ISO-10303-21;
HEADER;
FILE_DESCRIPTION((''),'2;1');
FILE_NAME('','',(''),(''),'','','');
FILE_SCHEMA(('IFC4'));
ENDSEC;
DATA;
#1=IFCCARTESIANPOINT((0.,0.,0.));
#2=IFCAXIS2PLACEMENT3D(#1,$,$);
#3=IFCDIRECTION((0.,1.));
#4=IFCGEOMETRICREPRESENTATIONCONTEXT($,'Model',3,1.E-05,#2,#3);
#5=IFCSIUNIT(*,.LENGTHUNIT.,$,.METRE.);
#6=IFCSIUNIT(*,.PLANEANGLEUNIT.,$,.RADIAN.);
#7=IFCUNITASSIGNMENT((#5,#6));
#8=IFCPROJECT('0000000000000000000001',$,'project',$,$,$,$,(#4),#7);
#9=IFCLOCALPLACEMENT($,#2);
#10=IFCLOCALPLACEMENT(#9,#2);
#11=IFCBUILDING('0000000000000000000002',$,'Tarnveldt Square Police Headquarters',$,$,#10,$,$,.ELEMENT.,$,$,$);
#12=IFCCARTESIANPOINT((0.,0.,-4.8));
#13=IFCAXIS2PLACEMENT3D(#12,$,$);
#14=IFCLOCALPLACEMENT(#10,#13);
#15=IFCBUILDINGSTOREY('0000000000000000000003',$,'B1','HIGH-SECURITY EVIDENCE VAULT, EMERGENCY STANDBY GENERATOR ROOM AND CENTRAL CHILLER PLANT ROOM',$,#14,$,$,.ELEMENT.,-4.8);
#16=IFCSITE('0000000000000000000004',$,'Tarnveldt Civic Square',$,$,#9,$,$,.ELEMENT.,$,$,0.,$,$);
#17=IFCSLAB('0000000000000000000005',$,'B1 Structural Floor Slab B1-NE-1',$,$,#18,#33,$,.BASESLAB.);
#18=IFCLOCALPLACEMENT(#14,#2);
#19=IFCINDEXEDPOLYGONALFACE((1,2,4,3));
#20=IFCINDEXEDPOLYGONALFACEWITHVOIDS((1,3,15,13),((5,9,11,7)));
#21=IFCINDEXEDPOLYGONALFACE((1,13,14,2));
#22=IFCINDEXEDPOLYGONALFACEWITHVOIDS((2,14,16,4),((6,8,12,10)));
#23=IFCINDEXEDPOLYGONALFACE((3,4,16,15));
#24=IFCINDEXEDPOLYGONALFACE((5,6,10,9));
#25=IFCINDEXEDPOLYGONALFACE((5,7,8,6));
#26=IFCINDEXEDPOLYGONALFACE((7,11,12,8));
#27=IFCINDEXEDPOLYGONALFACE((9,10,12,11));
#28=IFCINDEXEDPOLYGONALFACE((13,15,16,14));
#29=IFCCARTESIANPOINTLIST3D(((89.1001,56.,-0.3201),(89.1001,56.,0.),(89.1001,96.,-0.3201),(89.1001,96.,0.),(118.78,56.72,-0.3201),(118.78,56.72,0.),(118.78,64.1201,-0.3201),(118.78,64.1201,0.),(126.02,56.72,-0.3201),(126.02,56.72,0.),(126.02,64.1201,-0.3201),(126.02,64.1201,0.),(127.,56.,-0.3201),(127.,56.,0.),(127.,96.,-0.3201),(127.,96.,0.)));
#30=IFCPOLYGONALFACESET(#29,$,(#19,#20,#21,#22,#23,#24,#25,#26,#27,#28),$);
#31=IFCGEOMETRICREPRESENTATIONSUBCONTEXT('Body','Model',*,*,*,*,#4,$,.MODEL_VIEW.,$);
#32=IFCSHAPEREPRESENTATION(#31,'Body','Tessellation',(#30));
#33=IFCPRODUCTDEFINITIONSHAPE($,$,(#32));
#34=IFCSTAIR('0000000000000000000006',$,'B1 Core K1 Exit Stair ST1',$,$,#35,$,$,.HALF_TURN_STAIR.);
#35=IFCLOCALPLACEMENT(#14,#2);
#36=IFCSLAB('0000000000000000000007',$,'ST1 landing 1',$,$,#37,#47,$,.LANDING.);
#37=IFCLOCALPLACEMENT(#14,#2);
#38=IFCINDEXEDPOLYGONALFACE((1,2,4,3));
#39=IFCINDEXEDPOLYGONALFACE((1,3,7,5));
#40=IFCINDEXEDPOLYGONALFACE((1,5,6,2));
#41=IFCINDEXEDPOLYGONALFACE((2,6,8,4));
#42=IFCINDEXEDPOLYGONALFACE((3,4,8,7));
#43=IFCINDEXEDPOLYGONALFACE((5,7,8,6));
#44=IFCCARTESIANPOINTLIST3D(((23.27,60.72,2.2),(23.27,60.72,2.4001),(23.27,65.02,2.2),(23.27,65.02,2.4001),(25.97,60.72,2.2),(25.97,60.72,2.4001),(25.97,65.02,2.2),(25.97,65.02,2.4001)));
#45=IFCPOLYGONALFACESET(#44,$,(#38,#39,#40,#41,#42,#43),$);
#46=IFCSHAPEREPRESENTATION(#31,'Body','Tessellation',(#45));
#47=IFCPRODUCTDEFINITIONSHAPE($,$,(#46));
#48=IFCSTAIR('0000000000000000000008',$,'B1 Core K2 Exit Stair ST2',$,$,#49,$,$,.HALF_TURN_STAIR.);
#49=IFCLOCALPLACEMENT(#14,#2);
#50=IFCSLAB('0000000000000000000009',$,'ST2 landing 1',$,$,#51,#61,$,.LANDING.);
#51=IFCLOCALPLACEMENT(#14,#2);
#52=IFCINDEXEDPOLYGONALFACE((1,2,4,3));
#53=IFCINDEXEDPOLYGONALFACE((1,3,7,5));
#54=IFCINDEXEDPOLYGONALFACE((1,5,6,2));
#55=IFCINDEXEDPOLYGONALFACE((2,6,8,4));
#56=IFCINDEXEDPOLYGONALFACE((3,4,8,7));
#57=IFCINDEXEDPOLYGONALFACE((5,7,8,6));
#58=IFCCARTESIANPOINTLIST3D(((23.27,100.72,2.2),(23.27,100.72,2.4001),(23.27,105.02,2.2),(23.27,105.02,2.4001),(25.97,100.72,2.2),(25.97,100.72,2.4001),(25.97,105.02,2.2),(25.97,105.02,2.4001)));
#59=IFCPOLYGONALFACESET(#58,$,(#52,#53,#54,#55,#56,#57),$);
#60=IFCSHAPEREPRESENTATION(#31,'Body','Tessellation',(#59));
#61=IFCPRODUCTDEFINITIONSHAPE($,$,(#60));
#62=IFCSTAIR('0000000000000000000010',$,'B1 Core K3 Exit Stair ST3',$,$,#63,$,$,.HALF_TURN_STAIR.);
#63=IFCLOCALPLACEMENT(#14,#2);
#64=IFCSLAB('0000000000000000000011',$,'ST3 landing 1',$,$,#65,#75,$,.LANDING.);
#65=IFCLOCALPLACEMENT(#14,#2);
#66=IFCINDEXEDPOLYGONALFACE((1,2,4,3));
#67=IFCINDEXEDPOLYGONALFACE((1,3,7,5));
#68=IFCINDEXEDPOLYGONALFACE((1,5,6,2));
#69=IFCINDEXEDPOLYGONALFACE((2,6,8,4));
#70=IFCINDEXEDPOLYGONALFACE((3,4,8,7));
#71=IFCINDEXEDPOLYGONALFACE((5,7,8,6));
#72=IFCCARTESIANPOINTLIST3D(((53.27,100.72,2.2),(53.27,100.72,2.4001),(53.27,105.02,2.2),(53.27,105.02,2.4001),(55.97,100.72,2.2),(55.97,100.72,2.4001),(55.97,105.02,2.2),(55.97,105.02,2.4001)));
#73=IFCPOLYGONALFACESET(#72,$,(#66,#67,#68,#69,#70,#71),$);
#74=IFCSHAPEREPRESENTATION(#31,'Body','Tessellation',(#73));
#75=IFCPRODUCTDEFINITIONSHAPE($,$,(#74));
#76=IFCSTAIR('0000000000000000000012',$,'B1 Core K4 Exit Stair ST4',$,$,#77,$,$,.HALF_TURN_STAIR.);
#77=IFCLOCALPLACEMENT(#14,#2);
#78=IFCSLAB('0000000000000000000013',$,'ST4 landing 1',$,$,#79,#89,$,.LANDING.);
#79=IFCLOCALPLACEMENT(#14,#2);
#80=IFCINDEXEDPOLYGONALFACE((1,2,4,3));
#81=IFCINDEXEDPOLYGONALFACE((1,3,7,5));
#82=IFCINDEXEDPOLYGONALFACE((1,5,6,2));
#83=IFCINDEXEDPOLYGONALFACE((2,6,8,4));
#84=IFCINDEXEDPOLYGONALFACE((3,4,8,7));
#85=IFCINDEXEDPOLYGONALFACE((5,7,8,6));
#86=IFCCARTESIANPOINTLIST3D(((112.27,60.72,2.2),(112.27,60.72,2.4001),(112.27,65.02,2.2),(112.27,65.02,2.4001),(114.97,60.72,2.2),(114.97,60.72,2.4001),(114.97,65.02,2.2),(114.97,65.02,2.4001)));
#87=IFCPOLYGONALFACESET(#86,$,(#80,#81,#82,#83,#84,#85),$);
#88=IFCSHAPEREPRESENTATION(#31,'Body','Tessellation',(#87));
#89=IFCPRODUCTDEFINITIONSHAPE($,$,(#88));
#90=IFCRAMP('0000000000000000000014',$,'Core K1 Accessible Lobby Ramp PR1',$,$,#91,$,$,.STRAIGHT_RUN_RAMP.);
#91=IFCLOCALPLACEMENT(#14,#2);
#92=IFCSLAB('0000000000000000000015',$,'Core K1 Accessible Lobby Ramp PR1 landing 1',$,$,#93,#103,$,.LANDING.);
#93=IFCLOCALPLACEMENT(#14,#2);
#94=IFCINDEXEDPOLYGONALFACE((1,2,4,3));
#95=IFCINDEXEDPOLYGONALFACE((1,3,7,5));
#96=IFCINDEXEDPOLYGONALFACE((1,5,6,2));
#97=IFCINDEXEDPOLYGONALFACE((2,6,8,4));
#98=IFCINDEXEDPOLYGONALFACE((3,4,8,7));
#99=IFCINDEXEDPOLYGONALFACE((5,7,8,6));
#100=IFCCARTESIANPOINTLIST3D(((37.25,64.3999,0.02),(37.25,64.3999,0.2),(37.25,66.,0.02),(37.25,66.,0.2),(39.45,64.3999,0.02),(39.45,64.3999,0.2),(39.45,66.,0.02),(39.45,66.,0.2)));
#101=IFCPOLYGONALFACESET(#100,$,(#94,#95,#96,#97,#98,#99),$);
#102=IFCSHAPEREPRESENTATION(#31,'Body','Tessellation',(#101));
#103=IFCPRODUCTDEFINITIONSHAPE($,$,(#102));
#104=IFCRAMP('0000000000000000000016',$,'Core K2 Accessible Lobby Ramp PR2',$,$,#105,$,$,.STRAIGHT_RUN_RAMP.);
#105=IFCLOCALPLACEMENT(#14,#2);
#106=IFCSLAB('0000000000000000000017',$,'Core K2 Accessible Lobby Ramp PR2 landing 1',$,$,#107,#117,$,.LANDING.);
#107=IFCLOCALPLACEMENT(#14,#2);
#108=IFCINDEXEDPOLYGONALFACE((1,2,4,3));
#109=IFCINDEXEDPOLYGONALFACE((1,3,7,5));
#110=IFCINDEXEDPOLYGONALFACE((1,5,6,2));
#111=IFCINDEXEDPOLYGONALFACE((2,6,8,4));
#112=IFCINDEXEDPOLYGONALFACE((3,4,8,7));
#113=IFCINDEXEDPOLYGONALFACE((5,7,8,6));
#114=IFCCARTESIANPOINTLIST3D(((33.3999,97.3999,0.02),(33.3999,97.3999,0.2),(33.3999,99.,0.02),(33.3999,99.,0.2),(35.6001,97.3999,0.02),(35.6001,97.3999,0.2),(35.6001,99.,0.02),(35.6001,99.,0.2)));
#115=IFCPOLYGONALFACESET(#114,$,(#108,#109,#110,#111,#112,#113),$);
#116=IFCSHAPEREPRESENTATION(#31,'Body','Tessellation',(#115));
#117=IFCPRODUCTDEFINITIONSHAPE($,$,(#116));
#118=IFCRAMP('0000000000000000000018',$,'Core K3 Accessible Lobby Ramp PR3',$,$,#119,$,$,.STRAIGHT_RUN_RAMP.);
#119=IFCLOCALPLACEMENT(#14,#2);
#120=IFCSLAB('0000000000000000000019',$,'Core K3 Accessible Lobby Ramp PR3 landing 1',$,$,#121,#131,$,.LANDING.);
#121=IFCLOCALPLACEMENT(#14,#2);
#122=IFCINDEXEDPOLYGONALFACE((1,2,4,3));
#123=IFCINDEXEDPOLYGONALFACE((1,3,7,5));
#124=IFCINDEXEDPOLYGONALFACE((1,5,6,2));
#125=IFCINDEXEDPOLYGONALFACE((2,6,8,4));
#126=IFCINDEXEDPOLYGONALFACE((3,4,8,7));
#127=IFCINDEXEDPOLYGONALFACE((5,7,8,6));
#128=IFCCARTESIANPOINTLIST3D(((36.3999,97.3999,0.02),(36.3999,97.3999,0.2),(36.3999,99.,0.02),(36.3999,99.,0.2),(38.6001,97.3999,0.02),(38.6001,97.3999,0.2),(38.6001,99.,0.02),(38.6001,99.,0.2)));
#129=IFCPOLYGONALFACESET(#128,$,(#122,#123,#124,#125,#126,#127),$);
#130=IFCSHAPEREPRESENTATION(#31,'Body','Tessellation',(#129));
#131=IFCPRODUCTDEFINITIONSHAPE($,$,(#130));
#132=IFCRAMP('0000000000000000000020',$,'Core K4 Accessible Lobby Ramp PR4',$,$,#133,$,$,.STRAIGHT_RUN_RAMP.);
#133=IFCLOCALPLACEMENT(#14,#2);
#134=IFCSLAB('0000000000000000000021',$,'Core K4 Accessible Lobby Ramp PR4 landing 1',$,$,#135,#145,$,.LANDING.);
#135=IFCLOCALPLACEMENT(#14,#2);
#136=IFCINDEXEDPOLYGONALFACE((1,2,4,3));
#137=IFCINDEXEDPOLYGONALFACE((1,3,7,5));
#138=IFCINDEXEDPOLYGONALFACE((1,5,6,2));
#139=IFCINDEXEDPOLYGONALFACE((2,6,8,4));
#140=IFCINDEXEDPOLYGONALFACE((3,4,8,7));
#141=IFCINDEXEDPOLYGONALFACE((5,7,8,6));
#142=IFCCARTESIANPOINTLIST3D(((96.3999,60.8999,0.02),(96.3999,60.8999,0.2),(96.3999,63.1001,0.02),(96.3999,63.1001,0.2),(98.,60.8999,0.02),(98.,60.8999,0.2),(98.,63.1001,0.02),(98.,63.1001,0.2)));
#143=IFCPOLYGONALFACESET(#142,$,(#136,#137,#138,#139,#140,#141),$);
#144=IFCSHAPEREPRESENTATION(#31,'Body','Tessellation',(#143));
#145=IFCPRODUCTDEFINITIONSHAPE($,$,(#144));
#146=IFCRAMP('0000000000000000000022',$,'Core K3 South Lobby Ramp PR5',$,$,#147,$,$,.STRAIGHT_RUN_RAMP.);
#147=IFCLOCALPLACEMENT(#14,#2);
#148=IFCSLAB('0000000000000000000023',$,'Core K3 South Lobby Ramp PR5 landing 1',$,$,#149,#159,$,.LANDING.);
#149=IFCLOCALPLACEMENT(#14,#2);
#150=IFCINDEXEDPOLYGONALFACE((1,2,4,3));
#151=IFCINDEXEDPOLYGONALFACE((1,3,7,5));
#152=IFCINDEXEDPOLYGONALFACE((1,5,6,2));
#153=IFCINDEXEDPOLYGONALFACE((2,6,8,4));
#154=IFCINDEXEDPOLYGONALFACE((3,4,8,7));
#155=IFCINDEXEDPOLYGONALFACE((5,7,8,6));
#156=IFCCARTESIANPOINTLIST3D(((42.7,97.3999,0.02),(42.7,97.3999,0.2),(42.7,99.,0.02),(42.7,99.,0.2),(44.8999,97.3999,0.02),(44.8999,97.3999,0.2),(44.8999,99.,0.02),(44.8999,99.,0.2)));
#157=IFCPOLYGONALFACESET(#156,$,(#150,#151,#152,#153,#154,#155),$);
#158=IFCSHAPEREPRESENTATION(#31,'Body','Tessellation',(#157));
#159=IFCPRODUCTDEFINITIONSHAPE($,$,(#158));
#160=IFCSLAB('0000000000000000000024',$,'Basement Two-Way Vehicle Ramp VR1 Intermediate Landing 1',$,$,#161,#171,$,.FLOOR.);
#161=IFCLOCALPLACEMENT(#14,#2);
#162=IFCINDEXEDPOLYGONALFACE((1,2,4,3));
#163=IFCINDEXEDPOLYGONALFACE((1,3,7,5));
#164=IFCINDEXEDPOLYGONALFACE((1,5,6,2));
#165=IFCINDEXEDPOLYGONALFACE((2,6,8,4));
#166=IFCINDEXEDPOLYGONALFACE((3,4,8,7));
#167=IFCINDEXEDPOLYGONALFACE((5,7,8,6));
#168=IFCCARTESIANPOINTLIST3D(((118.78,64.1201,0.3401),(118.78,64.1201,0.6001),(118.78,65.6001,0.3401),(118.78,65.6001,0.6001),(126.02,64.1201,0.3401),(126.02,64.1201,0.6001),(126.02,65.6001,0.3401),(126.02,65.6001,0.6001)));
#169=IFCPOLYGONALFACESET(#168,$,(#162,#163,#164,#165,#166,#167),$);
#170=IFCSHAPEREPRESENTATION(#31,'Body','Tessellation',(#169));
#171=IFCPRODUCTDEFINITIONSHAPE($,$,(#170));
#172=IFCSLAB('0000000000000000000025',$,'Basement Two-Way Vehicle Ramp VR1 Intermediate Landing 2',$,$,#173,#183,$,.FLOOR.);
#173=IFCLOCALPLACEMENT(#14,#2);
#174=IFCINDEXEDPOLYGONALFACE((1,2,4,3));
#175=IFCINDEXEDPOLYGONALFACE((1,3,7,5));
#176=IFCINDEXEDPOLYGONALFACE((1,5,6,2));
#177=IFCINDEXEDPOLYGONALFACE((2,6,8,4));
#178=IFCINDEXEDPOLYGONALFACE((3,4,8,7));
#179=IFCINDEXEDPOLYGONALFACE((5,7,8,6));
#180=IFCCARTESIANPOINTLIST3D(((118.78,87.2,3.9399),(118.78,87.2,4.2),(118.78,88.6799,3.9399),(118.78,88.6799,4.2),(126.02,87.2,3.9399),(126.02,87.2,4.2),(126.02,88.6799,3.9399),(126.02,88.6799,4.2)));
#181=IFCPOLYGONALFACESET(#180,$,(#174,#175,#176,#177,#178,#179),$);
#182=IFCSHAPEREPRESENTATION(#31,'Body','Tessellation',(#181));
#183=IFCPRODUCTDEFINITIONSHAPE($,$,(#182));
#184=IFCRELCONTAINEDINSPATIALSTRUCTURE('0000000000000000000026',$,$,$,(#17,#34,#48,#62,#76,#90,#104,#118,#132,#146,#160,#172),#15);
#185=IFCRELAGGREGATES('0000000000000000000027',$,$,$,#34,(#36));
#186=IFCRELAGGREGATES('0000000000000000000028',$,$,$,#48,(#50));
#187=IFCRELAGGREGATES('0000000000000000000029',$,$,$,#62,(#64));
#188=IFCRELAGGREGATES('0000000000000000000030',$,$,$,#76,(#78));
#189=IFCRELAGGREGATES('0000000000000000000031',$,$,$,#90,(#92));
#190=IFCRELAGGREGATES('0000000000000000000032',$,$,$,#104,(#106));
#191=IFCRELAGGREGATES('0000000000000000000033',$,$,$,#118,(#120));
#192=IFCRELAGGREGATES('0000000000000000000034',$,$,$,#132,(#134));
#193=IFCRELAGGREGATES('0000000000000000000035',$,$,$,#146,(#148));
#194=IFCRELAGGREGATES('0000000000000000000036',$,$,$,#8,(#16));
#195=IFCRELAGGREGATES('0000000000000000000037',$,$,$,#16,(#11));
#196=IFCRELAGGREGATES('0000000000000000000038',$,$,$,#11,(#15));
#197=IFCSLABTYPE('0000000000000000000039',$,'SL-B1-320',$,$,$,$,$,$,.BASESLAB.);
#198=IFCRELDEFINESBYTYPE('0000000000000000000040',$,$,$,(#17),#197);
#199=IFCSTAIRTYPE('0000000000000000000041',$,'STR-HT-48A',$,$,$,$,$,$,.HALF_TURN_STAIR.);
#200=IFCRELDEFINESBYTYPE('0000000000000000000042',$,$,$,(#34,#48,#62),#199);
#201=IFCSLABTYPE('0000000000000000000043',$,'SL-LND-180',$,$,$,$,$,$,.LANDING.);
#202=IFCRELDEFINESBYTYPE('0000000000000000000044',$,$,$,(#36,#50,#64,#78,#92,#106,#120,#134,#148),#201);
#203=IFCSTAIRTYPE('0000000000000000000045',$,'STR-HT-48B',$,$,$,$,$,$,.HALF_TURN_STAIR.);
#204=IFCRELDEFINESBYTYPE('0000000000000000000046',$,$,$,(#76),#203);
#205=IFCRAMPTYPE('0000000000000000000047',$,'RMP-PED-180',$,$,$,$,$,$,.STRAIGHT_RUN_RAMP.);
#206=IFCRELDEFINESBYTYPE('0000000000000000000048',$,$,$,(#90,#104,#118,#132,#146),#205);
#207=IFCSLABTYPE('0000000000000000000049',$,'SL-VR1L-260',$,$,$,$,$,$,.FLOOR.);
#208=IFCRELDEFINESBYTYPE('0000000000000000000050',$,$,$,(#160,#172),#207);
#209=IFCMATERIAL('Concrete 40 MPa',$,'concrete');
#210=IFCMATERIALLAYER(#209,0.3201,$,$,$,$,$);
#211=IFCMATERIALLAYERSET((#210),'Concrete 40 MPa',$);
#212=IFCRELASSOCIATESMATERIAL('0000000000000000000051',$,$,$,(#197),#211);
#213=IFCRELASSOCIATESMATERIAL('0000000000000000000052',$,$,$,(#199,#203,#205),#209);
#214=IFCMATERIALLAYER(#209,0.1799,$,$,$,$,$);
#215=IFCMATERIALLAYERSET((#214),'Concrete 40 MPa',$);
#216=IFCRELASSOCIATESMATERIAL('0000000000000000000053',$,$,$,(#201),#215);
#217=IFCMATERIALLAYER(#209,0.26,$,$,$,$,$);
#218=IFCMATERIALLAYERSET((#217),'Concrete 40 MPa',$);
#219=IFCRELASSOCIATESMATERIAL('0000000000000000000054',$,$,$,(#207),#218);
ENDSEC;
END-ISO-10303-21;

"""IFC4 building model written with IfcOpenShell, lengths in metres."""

from ifc_helpers import new_model, si_unit, direction, frame, origin, place, context, subcontext, project, spatial, polyline, outline, extrude, material, layer, layer_set, type_object, element, aggregate, save


model = new_model("IFC4")

# Units and contexts
model_context = context("Model", 3, precision=1e-05, world=origin(), true_north=direction((0.0, 1.0)))
body_context = subcontext(model_context, "Body", "Model", "MODEL_VIEW")
ifc_project = project(units=[si_unit("LENGTHUNIT", "METRE"), si_unit("PLANEANGLEUNIT", "RADIAN")], contexts=[model_context])

# Site, building, storey
site_placement = place(None, origin())
site = spatial("IfcSite", under=ifc_project, at=site_placement, Name="Tarnveldt Civic Square", CompositionType="ELEMENT", RefElevation=0.0)
building_placement = place(site_placement, origin())
building = spatial("IfcBuilding", under=site, at=building_placement, Name="Tarnveldt Square Police Headquarters", CompositionType="ELEMENT")
storey_placement = place(building_placement, frame((0.0, 0.0, -4.8)))
storey = spatial("IfcBuildingStorey", under=building, at=storey_placement, Name="B1", Description="HIGH-SECURITY EVIDENCE VAULT, EMERGENCY STANDBY GENERATOR ROOM AND CENTRAL CHILLER PLANT ROOM", CompositionType="ELEMENT", Elevation=-4.8)

# Shared definitions
ifc_material_1 = material(Name="Concrete 40 MPa", Category="concrete")

# Slab
ifc_layer_1 = layer(ifc_material_1, 0.3201)
ifc_layer_set_1 = layer_set([ifc_layer_1], Name="Concrete 40 MPa")
slab_type_1 = type_object("IfcSlabType", Name="SL-B1-320", PredefinedType="BASESLAB", material=ifc_layer_set_1)
slab_1_placement = place(storey_placement, frame((0.0, 0.0, -0.3201)))
element("IfcSlab", 1, at=slab_1_placement, inside=storey, type_object=slab_type_1, Name="B1 Structural Floor Slab B1-NE-1", PredefinedType="BASESLAB", context=body_context, shape_type="SweptSolid", body=[
    extrude(outline(polyline([(89.1001, 56.0), (89.1001, 96.0), (127.0, 96.0), (127.0, 56.0), (89.1001, 56.0)]), holes=[polyline([(118.78, 64.1201), (118.78, 56.72), (126.02, 56.72), (126.02, 64.1201), (118.78, 64.1201)])]), origin(), (0.0, 0.0, 1.0), 0.3201),
])

# Stairs, slabs
stair_type_1 = type_object("IfcStairType", Name="STR-HT-48A", PredefinedType="HALF_TURN_STAIR", material=ifc_material_1)
stair_1_placement = place(storey_placement, origin())
stair_1 = element("IfcStair", 2, at=stair_1_placement, inside=storey, type_object=stair_type_1, Name="B1 Core K1 Exit Stair ST1", PredefinedType="HALF_TURN_STAIR")
ifc_layer_2 = layer(ifc_material_1, 0.1799)
ifc_layer_set_2 = layer_set([ifc_layer_2], Name="Concrete 40 MPa")
slab_type_2 = type_object("IfcSlabType", Name="SL-LND-180", PredefinedType="LANDING", material=ifc_layer_set_2)
slab_2_placement = place(storey_placement, frame((0.0, 0.0, 2.2)))
slab_2 = element("IfcSlab", 3, at=slab_2_placement, type_object=slab_type_2, Name="ST1 landing 1", PredefinedType="LANDING", context=body_context, shape_type="SweptSolid", body=[
    extrude(outline(polyline([(23.27, 60.72), (25.97, 60.72), (25.97, 65.02), (23.27, 65.02), (23.27, 60.72)])), origin(), (0.0, 0.0, 1.0), 0.2002),
])
aggregate(stair_1, [slab_2])
stair_2_placement = place(storey_placement, origin())
stair_2 = element("IfcStair", 4, at=stair_2_placement, inside=storey, type_object=stair_type_1, Name="B1 Core K2 Exit Stair ST2", PredefinedType="HALF_TURN_STAIR")
slab_3_placement = place(storey_placement, frame((0.0, 0.0, 2.2)))
slab_3 = element("IfcSlab", 5, at=slab_3_placement, type_object=slab_type_2, Name="ST2 landing 1", PredefinedType="LANDING", context=body_context, shape_type="SweptSolid", body=[
    extrude(outline(polyline([(23.27, 100.72), (25.97, 100.72), (25.97, 105.02), (23.27, 105.02), (23.27, 100.72)])), origin(), (0.0, 0.0, 1.0), 0.2002),
])
aggregate(stair_2, [slab_3])
stair_3_placement = place(storey_placement, origin())
stair_3 = element("IfcStair", 6, at=stair_3_placement, inside=storey, type_object=stair_type_1, Name="B1 Core K3 Exit Stair ST3", PredefinedType="HALF_TURN_STAIR")
slab_4_placement = place(storey_placement, frame((0.0, 0.0, 2.2)))
slab_4 = element("IfcSlab", 7, at=slab_4_placement, type_object=slab_type_2, Name="ST3 landing 1", PredefinedType="LANDING", context=body_context, shape_type="SweptSolid", body=[
    extrude(outline(polyline([(53.27, 100.72), (55.97, 100.72), (55.97, 105.02), (53.27, 105.02), (53.27, 100.72)])), origin(), (0.0, 0.0, 1.0), 0.2002),
])
aggregate(stair_3, [slab_4])
stair_type_2 = type_object("IfcStairType", Name="STR-HT-48B", PredefinedType="HALF_TURN_STAIR", material=ifc_material_1)
stair_4_placement = place(storey_placement, origin())
stair_4 = element("IfcStair", 8, at=stair_4_placement, inside=storey, type_object=stair_type_2, Name="B1 Core K4 Exit Stair ST4", PredefinedType="HALF_TURN_STAIR")
slab_5_placement = place(storey_placement, frame((0.0, 0.0, 2.2)))
slab_5 = element("IfcSlab", 9, at=slab_5_placement, type_object=slab_type_2, Name="ST4 landing 1", PredefinedType="LANDING", context=body_context, shape_type="SweptSolid", body=[
    extrude(outline(polyline([(112.27, 60.72), (114.97, 60.72), (114.97, 65.02), (112.27, 65.02), (112.27, 60.72)])), origin(), (0.0, 0.0, 1.0), 0.2002),
])
aggregate(stair_4, [slab_5])

# Ramps, slabs
ramp_type = type_object("IfcRampType", Name="RMP-PED-180", PredefinedType="STRAIGHT_RUN_RAMP", material=ifc_material_1)
ramp_1_placement = place(storey_placement, origin())
ramp_1 = element("IfcRamp", 10, at=ramp_1_placement, inside=storey, type_object=ramp_type, Name="Core K1 Accessible Lobby Ramp PR1", PredefinedType="STRAIGHT_RUN_RAMP")
slab_6_placement = place(storey_placement, frame((0.0, 0.0, 0.02)))
slab_6 = element("IfcSlab", 11, at=slab_6_placement, type_object=slab_type_2, Name="Core K1 Accessible Lobby Ramp PR1 landing 1", PredefinedType="LANDING", context=body_context, shape_type="SweptSolid", body=[
    extrude(outline(polyline([(37.25, 64.3999), (39.45, 64.3999), (39.45, 66.0), (37.25, 66.0), (37.25, 64.3999)])), origin(), (0.0, 0.0, 1.0), 0.1799),
])
aggregate(ramp_1, [slab_6])
ramp_2_placement = place(storey_placement, origin())
ramp_2 = element("IfcRamp", 12, at=ramp_2_placement, inside=storey, type_object=ramp_type, Name="Core K2 Accessible Lobby Ramp PR2", PredefinedType="STRAIGHT_RUN_RAMP")
slab_7_placement = place(storey_placement, frame((0.0, 0.0, 0.02)))
slab_7 = element("IfcSlab", 13, at=slab_7_placement, type_object=slab_type_2, Name="Core K2 Accessible Lobby Ramp PR2 landing 1", PredefinedType="LANDING", context=body_context, shape_type="SweptSolid", body=[
    extrude(outline(polyline([(33.3999, 97.3999), (35.6001, 97.3999), (35.6001, 99.0), (33.3999, 99.0), (33.3999, 97.3999)])), origin(), (0.0, 0.0, 1.0), 0.1799),
])
aggregate(ramp_2, [slab_7])
ramp_3_placement = place(storey_placement, origin())
ramp_3 = element("IfcRamp", 14, at=ramp_3_placement, inside=storey, type_object=ramp_type, Name="Core K3 Accessible Lobby Ramp PR3", PredefinedType="STRAIGHT_RUN_RAMP")
slab_8_placement = place(storey_placement, frame((0.0, 0.0, 0.02)))
slab_8 = element("IfcSlab", 15, at=slab_8_placement, type_object=slab_type_2, Name="Core K3 Accessible Lobby Ramp PR3 landing 1", PredefinedType="LANDING", context=body_context, shape_type="SweptSolid", body=[
    extrude(outline(polyline([(36.3999, 97.3999), (38.6001, 97.3999), (38.6001, 99.0), (36.3999, 99.0), (36.3999, 97.3999)])), origin(), (0.0, 0.0, 1.0), 0.1799),
])
aggregate(ramp_3, [slab_8])
ramp_4_placement = place(storey_placement, origin())
ramp_4 = element("IfcRamp", 16, at=ramp_4_placement, inside=storey, type_object=ramp_type, Name="Core K4 Accessible Lobby Ramp PR4", PredefinedType="STRAIGHT_RUN_RAMP")
slab_9_placement = place(storey_placement, frame((0.0, 0.0, 0.02)))
slab_9 = element("IfcSlab", 17, at=slab_9_placement, type_object=slab_type_2, Name="Core K4 Accessible Lobby Ramp PR4 landing 1", PredefinedType="LANDING", context=body_context, shape_type="SweptSolid", body=[
    extrude(outline(polyline([(96.3999, 60.8999), (98.0, 60.8999), (98.0, 63.1001), (96.3999, 63.1001), (96.3999, 60.8999)])), origin(), (0.0, 0.0, 1.0), 0.1799),
])
aggregate(ramp_4, [slab_9])
ramp_5_placement = place(storey_placement, origin())
ramp_5 = element("IfcRamp", 18, at=ramp_5_placement, inside=storey, type_object=ramp_type, Name="Core K3 South Lobby Ramp PR5", PredefinedType="STRAIGHT_RUN_RAMP")
slab_10_placement = place(storey_placement, frame((0.0, 0.0, 0.02)))
slab_10 = element("IfcSlab", 19, at=slab_10_placement, type_object=slab_type_2, Name="Core K3 South Lobby Ramp PR5 landing 1", PredefinedType="LANDING", context=body_context, shape_type="SweptSolid", body=[
    extrude(outline(polyline([(42.7, 97.3999), (44.8999, 97.3999), (44.8999, 99.0), (42.7, 99.0), (42.7, 97.3999)])), origin(), (0.0, 0.0, 1.0), 0.1799),
])
aggregate(ramp_5, [slab_10])

# Slabs
ifc_layer_3 = layer(ifc_material_1, 0.26)
ifc_layer_set_3 = layer_set([ifc_layer_3], Name="Concrete 40 MPa")
slab_type_3 = type_object("IfcSlabType", Name="SL-VR1L-260", PredefinedType="FLOOR", material=ifc_layer_set_3)
slab_11_placement = place(storey_placement, frame((0.0, 0.0, 0.3401)))
element("IfcSlab", 20, at=slab_11_placement, inside=storey, type_object=slab_type_3, Name="Basement Two-Way Vehicle Ramp VR1 Intermediate Landing 1", PredefinedType="FLOOR", context=body_context, shape_type="SweptSolid", body=[
    extrude(outline(polyline([(118.78, 64.1201), (126.02, 64.1201), (126.02, 65.6001), (118.78, 65.6001), (118.78, 64.1201)])), origin(), (0.0, 0.0, 1.0), 0.26),
])
slab_12_placement = place(storey_placement, frame((0.0, 0.0, 3.9399)))
element("IfcSlab", 21, at=slab_12_placement, inside=storey, type_object=slab_type_3, Name="Basement Two-Way Vehicle Ramp VR1 Intermediate Landing 2", PredefinedType="FLOOR", context=body_context, shape_type="SweptSolid", body=[
    extrude(outline(polyline([(118.78, 87.2), (126.02, 87.2), (126.02, 88.6799), (118.78, 88.6799), (118.78, 87.2)])), origin(), (0.0, 0.0, 1.0), 0.26),
])

save(model, "model.ifc")
